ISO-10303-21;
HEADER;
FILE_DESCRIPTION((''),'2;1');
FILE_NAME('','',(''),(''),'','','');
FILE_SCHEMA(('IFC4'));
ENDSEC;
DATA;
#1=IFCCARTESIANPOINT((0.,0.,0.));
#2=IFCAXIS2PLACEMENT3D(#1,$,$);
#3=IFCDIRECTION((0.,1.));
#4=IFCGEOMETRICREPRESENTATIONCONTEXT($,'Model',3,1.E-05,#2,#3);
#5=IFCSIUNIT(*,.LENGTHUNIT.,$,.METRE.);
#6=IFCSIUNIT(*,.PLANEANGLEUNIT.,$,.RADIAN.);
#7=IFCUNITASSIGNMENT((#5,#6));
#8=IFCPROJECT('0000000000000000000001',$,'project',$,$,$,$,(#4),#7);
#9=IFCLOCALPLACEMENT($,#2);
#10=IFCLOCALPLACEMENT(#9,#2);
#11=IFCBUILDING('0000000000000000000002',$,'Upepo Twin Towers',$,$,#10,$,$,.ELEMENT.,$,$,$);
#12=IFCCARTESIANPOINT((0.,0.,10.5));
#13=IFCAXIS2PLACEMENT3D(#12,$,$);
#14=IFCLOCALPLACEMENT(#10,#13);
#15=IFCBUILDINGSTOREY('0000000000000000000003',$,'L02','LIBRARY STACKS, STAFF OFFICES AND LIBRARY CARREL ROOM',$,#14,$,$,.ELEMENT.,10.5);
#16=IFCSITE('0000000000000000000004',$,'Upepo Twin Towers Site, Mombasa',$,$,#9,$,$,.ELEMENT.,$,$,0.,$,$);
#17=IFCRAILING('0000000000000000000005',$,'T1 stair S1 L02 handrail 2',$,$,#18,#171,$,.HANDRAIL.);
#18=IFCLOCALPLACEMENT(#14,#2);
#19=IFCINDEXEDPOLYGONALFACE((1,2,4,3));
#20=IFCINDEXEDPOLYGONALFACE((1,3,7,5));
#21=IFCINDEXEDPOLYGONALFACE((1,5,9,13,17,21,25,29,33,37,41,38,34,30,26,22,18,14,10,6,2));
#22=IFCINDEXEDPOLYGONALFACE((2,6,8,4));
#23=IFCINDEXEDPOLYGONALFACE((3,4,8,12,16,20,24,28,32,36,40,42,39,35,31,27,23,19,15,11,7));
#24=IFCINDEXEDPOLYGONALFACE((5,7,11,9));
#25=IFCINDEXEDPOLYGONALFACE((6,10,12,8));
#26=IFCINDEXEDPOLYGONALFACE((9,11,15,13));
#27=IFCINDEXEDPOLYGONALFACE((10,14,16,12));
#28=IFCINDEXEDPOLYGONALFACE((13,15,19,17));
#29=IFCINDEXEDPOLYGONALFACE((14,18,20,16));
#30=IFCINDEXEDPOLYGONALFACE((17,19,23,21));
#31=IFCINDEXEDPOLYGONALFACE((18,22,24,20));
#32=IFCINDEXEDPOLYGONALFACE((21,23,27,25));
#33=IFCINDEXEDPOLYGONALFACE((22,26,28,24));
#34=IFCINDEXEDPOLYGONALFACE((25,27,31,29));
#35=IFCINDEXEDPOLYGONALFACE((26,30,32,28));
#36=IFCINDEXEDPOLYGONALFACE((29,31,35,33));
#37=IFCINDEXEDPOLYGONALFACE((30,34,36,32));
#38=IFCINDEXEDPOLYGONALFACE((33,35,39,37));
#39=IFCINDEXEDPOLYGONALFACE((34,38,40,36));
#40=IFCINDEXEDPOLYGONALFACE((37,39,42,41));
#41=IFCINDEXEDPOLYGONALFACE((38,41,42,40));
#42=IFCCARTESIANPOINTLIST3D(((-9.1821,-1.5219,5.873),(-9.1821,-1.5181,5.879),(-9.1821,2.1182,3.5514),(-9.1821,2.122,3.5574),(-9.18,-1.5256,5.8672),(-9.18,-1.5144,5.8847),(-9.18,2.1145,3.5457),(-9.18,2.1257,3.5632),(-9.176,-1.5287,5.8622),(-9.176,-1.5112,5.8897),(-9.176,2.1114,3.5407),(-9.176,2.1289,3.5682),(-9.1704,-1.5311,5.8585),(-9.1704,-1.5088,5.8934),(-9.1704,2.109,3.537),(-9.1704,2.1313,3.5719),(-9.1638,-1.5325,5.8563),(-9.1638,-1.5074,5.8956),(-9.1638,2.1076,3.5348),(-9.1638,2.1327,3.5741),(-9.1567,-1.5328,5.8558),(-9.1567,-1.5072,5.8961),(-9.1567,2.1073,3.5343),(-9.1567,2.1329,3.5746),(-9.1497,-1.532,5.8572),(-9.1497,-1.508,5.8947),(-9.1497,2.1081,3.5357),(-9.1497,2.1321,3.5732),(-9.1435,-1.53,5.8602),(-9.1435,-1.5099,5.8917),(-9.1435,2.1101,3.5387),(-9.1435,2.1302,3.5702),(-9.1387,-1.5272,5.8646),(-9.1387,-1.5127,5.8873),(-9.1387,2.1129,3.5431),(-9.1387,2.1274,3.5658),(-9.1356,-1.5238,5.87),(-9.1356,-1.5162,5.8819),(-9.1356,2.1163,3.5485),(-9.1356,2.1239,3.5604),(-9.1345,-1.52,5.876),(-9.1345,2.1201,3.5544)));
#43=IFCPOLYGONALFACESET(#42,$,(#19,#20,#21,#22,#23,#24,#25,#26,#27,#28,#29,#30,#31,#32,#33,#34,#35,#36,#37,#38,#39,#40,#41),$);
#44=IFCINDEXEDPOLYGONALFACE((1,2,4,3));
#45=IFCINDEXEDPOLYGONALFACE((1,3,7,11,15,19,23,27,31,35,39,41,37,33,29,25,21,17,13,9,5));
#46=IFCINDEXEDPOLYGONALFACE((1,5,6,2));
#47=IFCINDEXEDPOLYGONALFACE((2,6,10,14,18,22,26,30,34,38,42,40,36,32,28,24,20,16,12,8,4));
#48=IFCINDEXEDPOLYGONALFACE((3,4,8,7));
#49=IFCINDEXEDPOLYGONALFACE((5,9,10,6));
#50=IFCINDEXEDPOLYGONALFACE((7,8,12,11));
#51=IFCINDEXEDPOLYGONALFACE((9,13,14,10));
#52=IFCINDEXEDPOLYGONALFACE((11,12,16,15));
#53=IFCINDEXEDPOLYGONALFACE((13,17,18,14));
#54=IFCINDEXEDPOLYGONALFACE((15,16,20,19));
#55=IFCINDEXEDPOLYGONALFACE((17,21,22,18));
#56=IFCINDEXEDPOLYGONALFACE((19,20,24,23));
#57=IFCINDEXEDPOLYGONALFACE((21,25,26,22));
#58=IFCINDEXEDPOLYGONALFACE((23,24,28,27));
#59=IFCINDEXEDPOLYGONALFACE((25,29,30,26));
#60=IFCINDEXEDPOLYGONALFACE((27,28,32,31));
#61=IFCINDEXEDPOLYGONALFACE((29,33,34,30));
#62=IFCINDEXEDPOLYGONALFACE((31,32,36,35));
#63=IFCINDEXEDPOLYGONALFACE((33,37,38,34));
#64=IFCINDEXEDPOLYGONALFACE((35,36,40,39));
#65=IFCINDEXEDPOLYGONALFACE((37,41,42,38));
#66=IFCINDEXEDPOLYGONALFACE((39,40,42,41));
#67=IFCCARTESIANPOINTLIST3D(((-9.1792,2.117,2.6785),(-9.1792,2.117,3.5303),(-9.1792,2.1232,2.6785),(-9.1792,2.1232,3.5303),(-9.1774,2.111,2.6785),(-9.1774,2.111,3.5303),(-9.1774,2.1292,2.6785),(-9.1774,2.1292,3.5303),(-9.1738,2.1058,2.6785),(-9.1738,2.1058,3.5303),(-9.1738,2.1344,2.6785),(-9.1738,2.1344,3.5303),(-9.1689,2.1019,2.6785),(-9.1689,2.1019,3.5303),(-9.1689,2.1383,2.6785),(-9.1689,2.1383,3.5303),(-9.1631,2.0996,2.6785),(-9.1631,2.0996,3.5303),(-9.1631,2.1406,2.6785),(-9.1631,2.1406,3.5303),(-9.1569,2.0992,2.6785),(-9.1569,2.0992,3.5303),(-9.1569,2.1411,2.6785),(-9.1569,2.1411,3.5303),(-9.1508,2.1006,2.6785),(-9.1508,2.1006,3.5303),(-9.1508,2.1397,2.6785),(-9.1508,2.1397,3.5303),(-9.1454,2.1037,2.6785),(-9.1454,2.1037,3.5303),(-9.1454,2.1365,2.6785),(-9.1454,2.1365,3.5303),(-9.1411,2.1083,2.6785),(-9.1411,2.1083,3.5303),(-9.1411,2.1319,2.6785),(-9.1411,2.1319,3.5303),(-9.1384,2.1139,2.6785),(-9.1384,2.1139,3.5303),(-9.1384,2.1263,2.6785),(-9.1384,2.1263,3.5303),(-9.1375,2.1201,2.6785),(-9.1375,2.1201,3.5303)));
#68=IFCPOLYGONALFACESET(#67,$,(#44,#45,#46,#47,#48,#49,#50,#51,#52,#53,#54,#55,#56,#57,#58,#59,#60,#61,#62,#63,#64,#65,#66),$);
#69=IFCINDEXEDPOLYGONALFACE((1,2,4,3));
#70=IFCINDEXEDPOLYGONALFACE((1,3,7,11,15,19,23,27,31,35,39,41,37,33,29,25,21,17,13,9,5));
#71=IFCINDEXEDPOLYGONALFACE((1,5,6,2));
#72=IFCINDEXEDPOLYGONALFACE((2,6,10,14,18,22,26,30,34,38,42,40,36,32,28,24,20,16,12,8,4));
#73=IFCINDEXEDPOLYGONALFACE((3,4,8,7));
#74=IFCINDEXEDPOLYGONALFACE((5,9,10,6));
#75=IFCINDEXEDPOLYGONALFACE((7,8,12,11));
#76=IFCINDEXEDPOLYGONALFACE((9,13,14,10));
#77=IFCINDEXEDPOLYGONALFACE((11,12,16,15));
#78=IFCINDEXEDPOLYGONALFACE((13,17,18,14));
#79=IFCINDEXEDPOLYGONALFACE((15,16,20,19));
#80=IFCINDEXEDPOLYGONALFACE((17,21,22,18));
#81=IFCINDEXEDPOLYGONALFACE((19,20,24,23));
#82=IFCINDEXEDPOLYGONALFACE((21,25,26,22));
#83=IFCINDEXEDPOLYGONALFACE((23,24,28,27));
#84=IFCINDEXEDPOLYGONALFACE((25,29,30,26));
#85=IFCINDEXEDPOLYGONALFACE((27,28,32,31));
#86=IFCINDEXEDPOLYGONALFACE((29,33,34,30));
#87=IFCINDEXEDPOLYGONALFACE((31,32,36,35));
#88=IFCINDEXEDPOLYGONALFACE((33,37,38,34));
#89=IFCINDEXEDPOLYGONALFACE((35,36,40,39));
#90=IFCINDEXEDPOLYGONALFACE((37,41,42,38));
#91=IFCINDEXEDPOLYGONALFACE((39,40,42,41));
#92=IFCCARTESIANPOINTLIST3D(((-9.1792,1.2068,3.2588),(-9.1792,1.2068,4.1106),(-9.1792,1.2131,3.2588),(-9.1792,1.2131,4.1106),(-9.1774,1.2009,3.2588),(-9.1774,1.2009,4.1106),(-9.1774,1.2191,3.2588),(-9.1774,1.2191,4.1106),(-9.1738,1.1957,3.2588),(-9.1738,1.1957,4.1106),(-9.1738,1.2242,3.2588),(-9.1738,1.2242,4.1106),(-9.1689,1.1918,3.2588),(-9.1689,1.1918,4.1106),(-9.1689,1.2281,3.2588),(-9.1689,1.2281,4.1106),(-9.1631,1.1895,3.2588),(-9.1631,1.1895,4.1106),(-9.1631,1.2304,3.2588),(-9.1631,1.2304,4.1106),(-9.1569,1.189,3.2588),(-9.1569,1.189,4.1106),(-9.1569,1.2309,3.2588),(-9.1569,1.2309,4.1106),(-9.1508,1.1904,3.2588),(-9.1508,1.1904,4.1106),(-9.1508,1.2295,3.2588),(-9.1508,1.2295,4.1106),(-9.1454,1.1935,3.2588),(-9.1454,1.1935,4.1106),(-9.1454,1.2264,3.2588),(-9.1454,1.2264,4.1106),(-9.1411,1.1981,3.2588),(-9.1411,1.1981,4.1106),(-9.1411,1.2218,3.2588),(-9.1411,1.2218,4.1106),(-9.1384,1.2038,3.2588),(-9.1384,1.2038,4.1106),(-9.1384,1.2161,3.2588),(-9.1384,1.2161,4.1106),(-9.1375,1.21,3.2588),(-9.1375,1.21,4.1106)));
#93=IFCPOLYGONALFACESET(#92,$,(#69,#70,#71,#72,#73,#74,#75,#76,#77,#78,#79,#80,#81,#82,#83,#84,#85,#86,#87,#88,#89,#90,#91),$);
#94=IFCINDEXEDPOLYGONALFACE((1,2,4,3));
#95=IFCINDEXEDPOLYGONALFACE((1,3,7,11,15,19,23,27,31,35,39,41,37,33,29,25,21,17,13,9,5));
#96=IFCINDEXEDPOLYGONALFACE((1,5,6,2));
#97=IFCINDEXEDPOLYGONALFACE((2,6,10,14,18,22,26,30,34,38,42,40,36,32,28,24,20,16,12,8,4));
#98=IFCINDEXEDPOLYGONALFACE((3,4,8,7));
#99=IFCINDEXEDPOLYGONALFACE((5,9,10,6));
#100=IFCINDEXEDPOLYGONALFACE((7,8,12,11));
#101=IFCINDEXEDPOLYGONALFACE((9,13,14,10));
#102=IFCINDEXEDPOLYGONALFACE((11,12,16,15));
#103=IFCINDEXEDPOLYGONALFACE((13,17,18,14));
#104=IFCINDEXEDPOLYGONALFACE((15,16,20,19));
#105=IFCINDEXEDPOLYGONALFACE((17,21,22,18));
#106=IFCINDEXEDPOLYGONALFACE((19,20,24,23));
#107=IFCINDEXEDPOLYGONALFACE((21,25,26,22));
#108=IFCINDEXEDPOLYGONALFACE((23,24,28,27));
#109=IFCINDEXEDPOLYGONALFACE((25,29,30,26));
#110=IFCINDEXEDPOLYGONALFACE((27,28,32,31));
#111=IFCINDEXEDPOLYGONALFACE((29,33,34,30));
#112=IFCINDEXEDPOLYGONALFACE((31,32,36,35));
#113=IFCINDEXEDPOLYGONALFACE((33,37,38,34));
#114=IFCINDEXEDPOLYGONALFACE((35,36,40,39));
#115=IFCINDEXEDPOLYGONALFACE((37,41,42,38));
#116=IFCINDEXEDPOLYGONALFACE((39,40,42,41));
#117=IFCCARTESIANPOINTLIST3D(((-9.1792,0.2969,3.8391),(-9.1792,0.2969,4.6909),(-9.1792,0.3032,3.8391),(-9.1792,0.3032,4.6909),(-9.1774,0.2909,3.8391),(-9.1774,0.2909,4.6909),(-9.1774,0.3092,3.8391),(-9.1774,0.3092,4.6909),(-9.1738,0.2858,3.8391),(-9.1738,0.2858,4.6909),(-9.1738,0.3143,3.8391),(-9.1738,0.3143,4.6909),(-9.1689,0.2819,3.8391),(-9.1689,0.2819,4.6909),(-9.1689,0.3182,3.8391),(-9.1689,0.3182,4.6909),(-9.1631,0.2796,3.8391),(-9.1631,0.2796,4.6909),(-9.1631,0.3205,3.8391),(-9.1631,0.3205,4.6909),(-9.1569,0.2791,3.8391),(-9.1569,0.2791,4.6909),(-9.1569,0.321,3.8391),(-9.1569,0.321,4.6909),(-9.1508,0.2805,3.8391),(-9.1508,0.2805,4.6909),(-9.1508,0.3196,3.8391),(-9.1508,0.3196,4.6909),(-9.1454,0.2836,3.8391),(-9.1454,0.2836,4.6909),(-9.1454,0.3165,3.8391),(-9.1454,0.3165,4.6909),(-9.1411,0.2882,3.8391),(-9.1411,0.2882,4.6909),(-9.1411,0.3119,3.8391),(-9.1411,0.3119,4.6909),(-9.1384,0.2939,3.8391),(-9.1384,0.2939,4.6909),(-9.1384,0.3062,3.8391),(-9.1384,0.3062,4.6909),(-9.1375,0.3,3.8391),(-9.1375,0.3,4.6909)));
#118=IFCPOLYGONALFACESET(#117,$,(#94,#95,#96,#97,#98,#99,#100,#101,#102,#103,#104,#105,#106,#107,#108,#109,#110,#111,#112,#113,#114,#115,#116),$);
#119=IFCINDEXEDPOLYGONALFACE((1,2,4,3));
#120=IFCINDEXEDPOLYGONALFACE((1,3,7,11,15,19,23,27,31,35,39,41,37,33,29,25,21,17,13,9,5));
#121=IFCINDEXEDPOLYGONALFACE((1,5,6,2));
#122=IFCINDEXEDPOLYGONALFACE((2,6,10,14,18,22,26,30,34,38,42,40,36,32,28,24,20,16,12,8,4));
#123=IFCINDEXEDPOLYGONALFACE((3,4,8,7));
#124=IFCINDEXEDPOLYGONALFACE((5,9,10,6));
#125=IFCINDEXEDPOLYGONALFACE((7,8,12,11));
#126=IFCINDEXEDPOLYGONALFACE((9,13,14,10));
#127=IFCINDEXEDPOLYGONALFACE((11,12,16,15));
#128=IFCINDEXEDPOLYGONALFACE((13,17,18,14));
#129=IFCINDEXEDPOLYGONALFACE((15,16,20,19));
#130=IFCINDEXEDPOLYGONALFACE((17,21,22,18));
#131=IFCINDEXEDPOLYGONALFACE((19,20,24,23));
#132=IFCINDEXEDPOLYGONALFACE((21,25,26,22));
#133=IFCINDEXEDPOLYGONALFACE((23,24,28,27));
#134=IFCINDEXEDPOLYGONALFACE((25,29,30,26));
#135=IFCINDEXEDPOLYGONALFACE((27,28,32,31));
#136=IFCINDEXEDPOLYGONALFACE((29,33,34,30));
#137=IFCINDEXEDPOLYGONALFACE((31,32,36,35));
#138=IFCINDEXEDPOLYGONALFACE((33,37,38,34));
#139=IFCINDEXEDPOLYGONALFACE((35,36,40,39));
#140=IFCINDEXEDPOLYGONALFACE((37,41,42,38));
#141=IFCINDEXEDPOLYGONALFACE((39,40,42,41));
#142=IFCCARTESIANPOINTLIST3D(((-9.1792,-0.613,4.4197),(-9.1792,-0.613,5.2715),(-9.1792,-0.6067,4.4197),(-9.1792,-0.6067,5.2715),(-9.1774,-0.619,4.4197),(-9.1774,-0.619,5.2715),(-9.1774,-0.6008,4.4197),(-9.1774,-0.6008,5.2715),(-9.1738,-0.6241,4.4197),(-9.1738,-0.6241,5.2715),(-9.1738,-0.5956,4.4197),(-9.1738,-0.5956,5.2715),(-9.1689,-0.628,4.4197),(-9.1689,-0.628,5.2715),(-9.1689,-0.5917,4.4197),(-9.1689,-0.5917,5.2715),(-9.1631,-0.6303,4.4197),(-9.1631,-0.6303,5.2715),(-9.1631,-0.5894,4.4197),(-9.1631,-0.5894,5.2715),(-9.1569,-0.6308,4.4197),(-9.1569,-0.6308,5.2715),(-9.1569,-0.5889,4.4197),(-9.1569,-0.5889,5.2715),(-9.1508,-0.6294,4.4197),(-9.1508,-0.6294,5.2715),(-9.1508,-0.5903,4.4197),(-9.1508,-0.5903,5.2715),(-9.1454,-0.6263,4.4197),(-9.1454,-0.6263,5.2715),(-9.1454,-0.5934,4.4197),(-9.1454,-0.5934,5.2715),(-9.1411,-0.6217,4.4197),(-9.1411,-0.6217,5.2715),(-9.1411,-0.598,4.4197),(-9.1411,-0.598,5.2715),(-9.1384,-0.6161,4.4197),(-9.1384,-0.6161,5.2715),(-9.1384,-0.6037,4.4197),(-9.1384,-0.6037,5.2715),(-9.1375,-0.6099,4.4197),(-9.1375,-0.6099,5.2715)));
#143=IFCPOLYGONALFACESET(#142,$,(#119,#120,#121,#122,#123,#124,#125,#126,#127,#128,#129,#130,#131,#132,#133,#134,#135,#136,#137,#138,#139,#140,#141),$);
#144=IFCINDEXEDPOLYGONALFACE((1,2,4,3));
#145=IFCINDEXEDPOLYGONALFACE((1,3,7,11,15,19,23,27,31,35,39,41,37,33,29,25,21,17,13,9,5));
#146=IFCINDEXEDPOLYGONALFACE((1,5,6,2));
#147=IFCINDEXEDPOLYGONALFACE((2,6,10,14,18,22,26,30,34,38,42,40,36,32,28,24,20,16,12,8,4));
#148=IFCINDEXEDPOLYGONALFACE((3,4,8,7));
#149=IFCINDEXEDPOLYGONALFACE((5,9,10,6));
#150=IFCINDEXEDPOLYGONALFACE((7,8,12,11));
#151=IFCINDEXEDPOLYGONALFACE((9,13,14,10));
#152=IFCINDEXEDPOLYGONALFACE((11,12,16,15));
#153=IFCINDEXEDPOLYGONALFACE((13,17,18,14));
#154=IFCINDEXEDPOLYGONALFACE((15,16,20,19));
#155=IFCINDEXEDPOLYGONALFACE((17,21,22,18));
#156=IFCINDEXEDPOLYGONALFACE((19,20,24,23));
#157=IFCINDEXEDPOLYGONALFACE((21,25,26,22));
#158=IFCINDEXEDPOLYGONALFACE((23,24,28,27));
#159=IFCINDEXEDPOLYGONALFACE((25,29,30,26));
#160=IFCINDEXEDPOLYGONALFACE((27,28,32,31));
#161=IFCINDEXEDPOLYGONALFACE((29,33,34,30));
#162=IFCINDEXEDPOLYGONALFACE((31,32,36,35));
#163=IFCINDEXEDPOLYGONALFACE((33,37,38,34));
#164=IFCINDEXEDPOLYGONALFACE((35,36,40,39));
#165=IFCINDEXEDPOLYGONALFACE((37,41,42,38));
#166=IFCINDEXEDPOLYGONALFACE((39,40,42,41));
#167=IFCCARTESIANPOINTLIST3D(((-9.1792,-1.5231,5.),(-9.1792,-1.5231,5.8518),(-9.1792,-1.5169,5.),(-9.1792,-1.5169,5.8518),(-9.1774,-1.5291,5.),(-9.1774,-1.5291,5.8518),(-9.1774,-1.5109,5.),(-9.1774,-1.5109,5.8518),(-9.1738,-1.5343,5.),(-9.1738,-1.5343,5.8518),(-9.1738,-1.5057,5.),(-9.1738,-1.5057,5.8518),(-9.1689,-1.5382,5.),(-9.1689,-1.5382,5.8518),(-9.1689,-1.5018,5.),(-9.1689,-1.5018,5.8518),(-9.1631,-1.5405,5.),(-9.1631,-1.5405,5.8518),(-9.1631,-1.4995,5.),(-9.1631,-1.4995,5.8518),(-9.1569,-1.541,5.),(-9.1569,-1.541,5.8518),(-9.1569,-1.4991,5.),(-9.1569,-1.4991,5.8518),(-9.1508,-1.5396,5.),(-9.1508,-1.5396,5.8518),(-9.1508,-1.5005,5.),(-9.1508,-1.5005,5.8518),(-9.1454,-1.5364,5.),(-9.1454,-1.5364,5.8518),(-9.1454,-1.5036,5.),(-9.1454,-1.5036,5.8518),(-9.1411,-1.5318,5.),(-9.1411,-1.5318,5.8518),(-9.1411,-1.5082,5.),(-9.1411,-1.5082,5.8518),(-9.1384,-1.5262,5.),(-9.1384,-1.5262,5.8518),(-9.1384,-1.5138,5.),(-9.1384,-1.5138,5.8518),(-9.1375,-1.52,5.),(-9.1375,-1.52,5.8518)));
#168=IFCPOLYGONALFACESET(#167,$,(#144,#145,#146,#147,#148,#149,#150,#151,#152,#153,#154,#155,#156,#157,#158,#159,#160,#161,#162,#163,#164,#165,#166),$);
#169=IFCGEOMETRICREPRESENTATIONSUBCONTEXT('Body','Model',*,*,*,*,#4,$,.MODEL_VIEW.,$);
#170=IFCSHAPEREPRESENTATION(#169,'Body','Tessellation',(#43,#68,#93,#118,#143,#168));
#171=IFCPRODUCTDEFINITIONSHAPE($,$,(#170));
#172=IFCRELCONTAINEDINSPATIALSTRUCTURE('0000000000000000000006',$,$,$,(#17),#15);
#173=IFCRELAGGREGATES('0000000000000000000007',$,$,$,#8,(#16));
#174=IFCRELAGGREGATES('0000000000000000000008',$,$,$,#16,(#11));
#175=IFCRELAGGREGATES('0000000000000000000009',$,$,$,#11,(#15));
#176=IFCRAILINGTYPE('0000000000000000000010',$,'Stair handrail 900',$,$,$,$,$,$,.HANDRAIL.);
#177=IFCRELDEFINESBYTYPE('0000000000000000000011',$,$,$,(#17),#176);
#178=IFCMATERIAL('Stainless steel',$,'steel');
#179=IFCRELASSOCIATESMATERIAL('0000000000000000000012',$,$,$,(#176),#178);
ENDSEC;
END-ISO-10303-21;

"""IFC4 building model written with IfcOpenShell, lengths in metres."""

from ifc_helpers import new_model, si_unit, direction, frame, origin, origin_2d, place, context, subcontext, project, spatial, circle, extrude, material, type_object, element, save


model = new_model("IFC4")

# Units and contexts
model_context = context("Model", 3, precision=1e-05, world=origin(), true_north=direction((0.0, 1.0)))
body_context = subcontext(model_context, "Body", "Model", "MODEL_VIEW")
ifc_project = project(units=[si_unit("LENGTHUNIT", "METRE"), si_unit("PLANEANGLEUNIT", "RADIAN")], contexts=[model_context])

# Site, building, storey
site_placement = place(None, origin())
site = spatial("IfcSite", under=ifc_project, at=site_placement, Name="Upepo Twin Towers Site, Mombasa", CompositionType="ELEMENT", RefElevation=0.0)
building_placement = place(site_placement, origin())
building = spatial("IfcBuilding", under=site, at=building_placement, Name="Upepo Twin Towers", CompositionType="ELEMENT")
storey_placement = place(building_placement, frame((0.0, 0.0, 10.5)))
storey = spatial("IfcBuildingStorey", under=building, at=storey_placement, Name="L02", Description="LIBRARY STACKS, STAFF OFFICES AND LIBRARY CARREL ROOM", CompositionType="ELEMENT", Elevation=10.5)

# Railing
ifc_material_1 = material(Name="Stainless steel", Category="steel")
railing_type = type_object("IfcRailingType", Name="Stair handrail 900", PredefinedType="HANDRAIL", material=ifc_material_1)
railing_placement = place(storey_placement, frame((-9.1584, 2.1201, 2.6785)))
element("IfcRailing", 1, at=railing_placement, inside=storey, type_object=railing_type, Name="T1 stair S1 L02 handrail 2", PredefinedType="HANDRAIL", context=body_context, shape_type="SweptSolid", body=[
    extrude(circle(Radius=0.0239, at=origin_2d()), frame((0.0, 0.0, 0.876), z_axis=(0.0, -0.843128, 0.537713), x_axis=(1.0, 0.0, 0.0)), (0.0, 0.0, 1.0), 4.3174),
    extrude(circle(Radius=0.021, at=origin_2d()), origin(), (0.0, 0.0, 1.0), 0.8518),
    extrude(circle(Radius=0.021, at=origin_2d()), frame((0.0, -0.9102, 0.5803)), (0.0, 0.0, 1.0), 0.8518),
    extrude(circle(Radius=0.021, at=origin_2d()), frame((0.0, -1.8201, 1.1606)), (0.0, 0.0, 1.0), 0.8518),
    extrude(circle(Radius=0.021, at=origin_2d()), frame((0.0, -2.73, 1.7412)), (0.0, 0.0, 1.0), 0.8518),
    extrude(circle(Radius=0.021, at=origin_2d()), frame((0.0, -3.6401, 2.3215)), (0.0, 0.0, 1.0), 0.8518),
])

save(model, "model.ifc")
